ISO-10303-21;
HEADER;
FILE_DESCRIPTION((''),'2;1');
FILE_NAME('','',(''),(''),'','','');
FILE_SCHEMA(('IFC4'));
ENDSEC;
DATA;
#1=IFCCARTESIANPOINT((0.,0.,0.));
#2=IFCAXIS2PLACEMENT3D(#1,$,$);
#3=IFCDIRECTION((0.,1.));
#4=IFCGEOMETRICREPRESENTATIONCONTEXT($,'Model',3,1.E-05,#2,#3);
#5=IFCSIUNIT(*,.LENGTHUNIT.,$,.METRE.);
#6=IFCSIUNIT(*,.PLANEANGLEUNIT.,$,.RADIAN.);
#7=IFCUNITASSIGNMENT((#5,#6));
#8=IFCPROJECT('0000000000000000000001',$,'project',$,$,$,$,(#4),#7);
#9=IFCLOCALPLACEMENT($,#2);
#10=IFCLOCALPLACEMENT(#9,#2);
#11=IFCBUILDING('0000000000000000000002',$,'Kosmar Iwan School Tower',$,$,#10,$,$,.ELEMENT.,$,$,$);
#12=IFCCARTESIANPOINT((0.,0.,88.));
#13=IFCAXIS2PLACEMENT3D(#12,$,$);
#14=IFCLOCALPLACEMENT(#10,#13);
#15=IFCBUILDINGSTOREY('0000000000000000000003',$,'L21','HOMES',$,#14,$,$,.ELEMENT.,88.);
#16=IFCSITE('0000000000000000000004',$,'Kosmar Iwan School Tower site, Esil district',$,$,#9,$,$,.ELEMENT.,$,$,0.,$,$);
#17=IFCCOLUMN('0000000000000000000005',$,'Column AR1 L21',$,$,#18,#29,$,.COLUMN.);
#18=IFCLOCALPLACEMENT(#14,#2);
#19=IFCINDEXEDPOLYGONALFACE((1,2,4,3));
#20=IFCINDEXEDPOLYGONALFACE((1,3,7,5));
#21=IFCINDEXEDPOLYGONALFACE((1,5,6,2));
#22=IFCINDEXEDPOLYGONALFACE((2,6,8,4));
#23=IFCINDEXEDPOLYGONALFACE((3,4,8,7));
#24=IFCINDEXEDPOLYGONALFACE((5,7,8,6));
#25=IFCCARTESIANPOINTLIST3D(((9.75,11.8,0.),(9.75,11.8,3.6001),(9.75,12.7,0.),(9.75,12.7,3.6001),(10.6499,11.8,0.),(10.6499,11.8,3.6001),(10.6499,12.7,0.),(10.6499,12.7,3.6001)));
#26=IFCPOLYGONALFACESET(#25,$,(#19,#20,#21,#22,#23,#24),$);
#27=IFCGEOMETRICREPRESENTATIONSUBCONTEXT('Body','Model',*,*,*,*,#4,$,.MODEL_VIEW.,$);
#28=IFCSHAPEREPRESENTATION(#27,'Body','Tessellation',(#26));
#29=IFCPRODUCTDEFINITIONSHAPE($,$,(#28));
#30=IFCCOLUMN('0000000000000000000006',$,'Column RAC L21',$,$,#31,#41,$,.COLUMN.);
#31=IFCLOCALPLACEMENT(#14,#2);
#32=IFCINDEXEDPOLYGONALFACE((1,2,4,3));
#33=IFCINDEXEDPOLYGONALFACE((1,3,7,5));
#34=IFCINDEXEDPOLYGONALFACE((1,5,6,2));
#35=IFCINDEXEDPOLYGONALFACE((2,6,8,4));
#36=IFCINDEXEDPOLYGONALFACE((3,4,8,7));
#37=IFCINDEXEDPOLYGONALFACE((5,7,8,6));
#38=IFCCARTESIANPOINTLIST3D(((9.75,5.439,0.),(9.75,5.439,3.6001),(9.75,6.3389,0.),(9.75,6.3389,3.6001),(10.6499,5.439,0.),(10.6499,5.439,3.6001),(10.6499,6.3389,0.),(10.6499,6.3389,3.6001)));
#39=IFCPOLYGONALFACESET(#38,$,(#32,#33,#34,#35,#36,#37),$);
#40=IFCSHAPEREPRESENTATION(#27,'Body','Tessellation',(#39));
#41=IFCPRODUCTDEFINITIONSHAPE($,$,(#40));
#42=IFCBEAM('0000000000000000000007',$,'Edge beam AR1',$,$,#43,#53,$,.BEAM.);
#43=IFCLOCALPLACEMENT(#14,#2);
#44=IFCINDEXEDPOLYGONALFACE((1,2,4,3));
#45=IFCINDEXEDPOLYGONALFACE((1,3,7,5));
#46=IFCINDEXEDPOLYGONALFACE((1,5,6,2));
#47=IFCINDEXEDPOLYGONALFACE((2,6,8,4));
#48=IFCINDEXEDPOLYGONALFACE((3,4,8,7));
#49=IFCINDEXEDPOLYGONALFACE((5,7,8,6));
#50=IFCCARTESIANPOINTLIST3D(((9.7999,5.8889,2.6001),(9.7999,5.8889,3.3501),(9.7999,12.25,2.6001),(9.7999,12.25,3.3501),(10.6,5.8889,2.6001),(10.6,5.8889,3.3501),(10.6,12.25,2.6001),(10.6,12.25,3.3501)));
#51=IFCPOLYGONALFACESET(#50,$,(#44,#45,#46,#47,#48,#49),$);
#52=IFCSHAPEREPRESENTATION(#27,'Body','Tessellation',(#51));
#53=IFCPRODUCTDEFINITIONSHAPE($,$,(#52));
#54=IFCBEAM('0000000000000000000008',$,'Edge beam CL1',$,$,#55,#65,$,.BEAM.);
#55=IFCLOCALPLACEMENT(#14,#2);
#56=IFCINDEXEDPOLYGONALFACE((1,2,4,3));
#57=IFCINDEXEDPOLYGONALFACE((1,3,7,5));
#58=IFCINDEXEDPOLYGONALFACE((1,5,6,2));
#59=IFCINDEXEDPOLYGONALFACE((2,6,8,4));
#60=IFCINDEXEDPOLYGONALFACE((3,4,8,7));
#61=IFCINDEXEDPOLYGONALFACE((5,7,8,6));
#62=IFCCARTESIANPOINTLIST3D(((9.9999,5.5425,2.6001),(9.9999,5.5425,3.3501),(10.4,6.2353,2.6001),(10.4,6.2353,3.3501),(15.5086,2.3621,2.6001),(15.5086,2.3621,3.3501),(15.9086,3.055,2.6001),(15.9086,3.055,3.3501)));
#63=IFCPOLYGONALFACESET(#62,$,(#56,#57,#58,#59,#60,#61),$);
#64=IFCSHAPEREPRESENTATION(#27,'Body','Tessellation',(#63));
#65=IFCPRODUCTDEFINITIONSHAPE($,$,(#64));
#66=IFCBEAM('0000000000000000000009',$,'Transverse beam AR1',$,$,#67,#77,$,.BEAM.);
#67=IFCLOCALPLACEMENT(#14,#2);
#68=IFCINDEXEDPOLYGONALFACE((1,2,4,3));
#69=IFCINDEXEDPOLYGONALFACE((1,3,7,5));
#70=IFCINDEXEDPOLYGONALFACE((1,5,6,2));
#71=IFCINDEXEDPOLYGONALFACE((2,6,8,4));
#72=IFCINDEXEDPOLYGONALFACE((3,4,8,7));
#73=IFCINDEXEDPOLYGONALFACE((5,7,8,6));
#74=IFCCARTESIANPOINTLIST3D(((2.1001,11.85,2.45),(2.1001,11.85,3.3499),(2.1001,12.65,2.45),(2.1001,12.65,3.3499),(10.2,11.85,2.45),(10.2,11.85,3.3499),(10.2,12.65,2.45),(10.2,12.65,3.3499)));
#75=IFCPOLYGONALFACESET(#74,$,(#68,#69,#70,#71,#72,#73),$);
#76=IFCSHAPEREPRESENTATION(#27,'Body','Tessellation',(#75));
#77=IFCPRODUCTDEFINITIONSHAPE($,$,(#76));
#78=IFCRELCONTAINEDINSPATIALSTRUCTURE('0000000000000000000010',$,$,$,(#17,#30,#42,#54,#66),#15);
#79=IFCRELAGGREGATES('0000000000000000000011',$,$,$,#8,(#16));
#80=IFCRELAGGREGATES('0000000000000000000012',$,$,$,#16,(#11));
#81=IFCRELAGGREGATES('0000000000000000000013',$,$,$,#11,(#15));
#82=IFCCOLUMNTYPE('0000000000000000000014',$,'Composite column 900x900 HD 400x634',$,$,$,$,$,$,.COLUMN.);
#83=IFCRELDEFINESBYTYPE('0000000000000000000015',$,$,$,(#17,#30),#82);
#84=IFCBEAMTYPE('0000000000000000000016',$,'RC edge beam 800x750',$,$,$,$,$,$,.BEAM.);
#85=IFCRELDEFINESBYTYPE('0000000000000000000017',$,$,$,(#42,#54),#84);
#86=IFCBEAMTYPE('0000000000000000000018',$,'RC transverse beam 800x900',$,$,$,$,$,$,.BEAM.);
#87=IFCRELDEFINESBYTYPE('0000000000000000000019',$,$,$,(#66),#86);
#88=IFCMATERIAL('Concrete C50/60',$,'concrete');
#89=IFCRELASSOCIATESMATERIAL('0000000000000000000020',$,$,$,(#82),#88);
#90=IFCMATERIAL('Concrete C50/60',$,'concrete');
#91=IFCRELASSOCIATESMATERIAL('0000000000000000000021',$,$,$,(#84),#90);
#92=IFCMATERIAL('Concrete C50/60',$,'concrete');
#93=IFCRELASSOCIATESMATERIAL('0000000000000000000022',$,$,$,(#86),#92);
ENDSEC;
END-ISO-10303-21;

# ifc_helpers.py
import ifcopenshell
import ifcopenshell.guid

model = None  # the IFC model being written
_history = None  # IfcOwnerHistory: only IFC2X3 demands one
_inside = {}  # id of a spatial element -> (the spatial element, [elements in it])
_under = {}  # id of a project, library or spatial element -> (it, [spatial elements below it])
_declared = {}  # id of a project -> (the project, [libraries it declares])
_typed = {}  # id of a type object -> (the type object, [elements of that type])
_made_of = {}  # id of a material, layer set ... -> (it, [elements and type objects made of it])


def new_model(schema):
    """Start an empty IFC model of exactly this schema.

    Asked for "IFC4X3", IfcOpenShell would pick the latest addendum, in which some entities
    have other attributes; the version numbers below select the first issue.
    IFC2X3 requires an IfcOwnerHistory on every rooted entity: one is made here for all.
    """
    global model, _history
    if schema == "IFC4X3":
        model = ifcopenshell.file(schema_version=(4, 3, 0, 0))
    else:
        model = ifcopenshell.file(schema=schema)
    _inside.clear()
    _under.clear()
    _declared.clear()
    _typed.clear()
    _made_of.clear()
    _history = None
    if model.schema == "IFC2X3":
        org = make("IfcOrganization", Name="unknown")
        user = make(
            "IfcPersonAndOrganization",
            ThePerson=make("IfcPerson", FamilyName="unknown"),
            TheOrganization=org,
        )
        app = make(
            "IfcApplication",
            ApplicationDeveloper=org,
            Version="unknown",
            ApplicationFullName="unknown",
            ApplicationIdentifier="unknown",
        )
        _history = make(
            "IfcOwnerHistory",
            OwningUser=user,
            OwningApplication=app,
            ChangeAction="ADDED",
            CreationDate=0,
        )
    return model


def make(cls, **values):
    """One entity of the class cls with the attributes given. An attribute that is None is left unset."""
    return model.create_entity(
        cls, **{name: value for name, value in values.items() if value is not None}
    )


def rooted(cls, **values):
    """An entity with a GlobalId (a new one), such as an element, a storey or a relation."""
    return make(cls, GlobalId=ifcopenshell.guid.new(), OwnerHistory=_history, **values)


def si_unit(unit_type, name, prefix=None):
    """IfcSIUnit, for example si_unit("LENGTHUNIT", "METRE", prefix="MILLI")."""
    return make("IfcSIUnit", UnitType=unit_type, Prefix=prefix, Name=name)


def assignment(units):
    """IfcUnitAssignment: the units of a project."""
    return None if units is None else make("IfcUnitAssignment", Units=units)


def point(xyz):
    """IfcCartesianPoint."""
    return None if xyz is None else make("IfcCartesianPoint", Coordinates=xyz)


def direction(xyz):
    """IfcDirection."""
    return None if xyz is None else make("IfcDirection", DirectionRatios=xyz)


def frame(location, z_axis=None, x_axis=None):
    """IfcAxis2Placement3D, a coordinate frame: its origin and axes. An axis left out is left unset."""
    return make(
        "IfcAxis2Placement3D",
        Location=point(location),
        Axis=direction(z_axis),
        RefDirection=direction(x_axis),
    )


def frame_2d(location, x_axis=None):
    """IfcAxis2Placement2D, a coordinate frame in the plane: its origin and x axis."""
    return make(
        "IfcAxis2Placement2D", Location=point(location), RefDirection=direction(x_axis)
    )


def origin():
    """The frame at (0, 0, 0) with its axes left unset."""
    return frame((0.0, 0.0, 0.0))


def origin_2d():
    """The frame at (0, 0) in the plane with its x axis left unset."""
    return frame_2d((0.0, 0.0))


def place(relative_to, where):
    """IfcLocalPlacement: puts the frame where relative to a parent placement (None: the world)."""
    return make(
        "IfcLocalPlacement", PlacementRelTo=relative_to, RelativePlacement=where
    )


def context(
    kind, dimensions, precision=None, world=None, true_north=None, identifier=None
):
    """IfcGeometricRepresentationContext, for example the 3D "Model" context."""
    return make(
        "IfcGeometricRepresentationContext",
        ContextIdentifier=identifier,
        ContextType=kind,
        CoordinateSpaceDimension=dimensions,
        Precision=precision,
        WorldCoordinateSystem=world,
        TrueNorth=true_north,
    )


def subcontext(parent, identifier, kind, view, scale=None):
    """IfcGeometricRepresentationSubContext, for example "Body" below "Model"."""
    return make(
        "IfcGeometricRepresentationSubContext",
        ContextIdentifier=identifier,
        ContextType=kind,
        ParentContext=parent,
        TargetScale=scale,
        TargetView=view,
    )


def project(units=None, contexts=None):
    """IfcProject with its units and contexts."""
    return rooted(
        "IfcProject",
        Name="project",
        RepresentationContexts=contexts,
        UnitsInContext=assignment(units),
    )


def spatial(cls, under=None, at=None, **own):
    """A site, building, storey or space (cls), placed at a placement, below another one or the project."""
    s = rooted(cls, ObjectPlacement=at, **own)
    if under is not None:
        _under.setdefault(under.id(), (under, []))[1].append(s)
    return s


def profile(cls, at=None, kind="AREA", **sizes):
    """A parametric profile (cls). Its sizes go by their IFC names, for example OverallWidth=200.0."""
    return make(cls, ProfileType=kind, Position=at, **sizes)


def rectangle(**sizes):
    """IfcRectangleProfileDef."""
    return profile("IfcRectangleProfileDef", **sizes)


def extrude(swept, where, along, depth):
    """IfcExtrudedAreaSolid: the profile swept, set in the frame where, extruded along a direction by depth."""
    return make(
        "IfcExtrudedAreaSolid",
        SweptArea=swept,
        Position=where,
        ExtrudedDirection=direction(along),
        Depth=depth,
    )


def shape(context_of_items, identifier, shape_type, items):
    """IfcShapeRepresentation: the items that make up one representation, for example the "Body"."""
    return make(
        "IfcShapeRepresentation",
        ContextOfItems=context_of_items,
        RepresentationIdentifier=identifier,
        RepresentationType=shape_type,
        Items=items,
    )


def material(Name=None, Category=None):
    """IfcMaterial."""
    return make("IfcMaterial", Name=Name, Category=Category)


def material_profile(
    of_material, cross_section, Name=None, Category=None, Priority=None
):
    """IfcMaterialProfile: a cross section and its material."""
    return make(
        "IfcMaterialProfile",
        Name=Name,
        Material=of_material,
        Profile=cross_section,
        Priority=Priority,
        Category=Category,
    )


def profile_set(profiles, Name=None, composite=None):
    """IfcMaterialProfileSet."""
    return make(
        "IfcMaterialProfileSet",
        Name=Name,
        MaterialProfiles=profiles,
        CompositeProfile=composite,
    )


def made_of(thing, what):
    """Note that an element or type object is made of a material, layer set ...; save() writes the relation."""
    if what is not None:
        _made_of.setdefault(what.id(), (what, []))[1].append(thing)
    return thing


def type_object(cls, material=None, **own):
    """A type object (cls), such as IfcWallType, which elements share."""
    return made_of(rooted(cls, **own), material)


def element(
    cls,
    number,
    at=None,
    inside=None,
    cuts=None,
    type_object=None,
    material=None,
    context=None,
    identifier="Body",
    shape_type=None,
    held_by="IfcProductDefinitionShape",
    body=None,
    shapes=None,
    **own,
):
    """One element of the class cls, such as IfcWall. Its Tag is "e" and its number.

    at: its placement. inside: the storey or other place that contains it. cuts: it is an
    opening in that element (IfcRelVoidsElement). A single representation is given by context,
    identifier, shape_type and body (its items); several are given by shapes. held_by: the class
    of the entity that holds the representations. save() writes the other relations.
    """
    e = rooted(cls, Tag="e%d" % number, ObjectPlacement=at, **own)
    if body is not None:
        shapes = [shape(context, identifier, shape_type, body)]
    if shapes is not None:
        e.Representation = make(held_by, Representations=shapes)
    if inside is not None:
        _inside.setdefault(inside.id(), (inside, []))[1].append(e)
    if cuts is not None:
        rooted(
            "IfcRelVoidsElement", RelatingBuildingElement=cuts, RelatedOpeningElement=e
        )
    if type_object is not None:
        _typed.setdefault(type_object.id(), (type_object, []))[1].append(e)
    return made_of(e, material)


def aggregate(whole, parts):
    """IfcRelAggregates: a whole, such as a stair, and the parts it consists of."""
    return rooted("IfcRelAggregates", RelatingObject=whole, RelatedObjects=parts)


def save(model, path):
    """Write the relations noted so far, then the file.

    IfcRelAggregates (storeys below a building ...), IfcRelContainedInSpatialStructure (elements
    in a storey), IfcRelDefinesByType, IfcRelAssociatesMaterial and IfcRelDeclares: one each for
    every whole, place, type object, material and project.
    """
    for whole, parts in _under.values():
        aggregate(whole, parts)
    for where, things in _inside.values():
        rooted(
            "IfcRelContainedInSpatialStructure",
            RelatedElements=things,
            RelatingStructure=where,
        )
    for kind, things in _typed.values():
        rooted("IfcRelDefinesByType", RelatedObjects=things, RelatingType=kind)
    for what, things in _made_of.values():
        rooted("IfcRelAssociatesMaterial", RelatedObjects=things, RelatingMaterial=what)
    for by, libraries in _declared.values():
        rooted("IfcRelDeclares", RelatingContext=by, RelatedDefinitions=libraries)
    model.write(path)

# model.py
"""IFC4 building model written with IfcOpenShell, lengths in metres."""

from ifc_helpers import new_model, si_unit, direction, frame, origin, origin_2d, place, context, subcontext, project, spatial, rectangle, extrude, material, material_profile, profile_set, type_object, element, save


model = new_model("IFC4")

# Units and contexts
model_context = context("Model", 3, precision=1e-05, world=origin(), true_north=direction((0.0, 1.0)))
body_context = subcontext(model_context, "Body", "Model", "MODEL_VIEW")
ifc_project = project(units=[si_unit("LENGTHUNIT", "METRE"), si_unit("PLANEANGLEUNIT", "RADIAN")], contexts=[model_context])

# Site, building, storey
site_placement = place(None, origin())
site = spatial("IfcSite", under=ifc_project, at=site_placement, Name="Kosmar Iwan School Tower site, Esil district", CompositionType="ELEMENT", RefElevation=0.0)
building_placement = place(site_placement, origin())
building = spatial("IfcBuilding", under=site, at=building_placement, Name="Kosmar Iwan School Tower", CompositionType="ELEMENT")
storey_placement = place(building_placement, frame((0.0, 0.0, 88.0)))
storey = spatial("IfcBuildingStorey", under=building, at=storey_placement, Name="L21", Description="HOMES", CompositionType="ELEMENT", Elevation=88.0)

# Columns
ifc_material_1 = material(Name="Concrete C50/60", Category="concrete")
ifc_material_profile_1 = material_profile(ifc_material_1, rectangle(XDim=0.8999, YDim=0.8999, at=origin_2d()), Name="RC 900x900 + HD 400x634")
ifc_profile_set_1 = profile_set([ifc_material_profile_1], Name="Concrete C50/60")
column_type = type_object("IfcColumnType", Name="Composite column 900x900 HD 400x634", PredefinedType="COLUMN", material=ifc_profile_set_1)
for number, where, z_axis, x_axis, name in (
    (1, (10.2, 12.25, 0.0), (0.0, 0.0, 1.0), (0.0, 1.0, 0.0), "Column AR1 L21"),
    (2, (10.2, 5.8889, 0.0), (0.0, 0.0, 1.0), (1.0, 0.0, 0.0), "Column RAC L21"),
):
    element("IfcColumn", number, at=place(storey_placement, frame(where, z_axis=z_axis, x_axis=x_axis)), inside=storey, type_object=column_type, Name=name, PredefinedType="COLUMN", context=body_context, shape_type="SweptSolid", body=[
        extrude(rectangle(XDim=0.8999, YDim=0.8999, at=origin_2d()), origin(), (0.0, 0.0, 1.0), 3.6001),
    ])

# Beams
ifc_material_2 = material(Name="Concrete C50/60", Category="concrete")
ifc_material_profile_2 = material_profile(ifc_material_2, rectangle(XDim=0.8, YDim=0.75, at=origin_2d()), Name="RC 800x750")
ifc_profile_set_2 = profile_set([ifc_material_profile_2], Name="Concrete C50/60")
beam_type_1 = type_object("IfcBeamType", Name="RC edge beam 800x750", PredefinedType="BEAM", material=ifc_profile_set_2)
beam_1_placement = place(storey_placement, frame((10.2, 5.8889, 2.9751), z_axis=(0.0, 1.0, 0.0), x_axis=(-1.0, 0.0, 0.0)))
element("IfcBeam", 3, at=beam_1_placement, inside=storey, type_object=beam_type_1, Name="Edge beam AR1", PredefinedType="BEAM", context=body_context, shape_type="SweptSolid", body=[
    extrude(rectangle(XDim=0.8, YDim=0.75, at=origin_2d()), origin(), (0.0, 0.0, 1.0), 6.3611),
])
beam_2_placement = place(storey_placement, frame((10.2, 5.8889, 2.9751), z_axis=(0.866031, -0.49999, 0.0), x_axis=(0.49999, 0.866031, 0.0)))
element("IfcBeam", 4, at=beam_2_placement, inside=storey, type_object=beam_type_1, Name="Edge beam CL1", PredefinedType="BEAM", context=body_context, shape_type="SweptSolid", body=[
    extrude(rectangle(XDim=0.8, YDim=0.75, at=origin_2d()), origin(), (0.0, 0.0, 1.0), 6.3608),
])
ifc_material_3 = material(Name="Concrete C50/60", Category="concrete")
ifc_material_profile_3 = material_profile(ifc_material_3, rectangle(XDim=0.8, YDim=0.8999, at=origin_2d()), Name="RC 800x900")
ifc_profile_set_3 = profile_set([ifc_material_profile_3], Name="Concrete C50/60")
beam_type_2 = type_object("IfcBeamType", Name="RC transverse beam 800x900", PredefinedType="BEAM", material=ifc_profile_set_3)
beam_3_placement = place(storey_placement, frame((10.2, 12.25, 2.8999), z_axis=(-1.0, 0.0, 0.0), x_axis=(0.0, -1.0, 0.0)))
element("IfcBeam", 5, at=beam_3_placement, inside=storey, type_object=beam_type_2, Name="Transverse beam AR1", PredefinedType="BEAM", context=body_context, shape_type="SweptSolid", body=[
    extrude(rectangle(XDim=0.8, YDim=0.8999, at=origin_2d()), origin(), (0.0, 0.0, 1.0), 8.0999),
])

save(model, "model.ifc")
